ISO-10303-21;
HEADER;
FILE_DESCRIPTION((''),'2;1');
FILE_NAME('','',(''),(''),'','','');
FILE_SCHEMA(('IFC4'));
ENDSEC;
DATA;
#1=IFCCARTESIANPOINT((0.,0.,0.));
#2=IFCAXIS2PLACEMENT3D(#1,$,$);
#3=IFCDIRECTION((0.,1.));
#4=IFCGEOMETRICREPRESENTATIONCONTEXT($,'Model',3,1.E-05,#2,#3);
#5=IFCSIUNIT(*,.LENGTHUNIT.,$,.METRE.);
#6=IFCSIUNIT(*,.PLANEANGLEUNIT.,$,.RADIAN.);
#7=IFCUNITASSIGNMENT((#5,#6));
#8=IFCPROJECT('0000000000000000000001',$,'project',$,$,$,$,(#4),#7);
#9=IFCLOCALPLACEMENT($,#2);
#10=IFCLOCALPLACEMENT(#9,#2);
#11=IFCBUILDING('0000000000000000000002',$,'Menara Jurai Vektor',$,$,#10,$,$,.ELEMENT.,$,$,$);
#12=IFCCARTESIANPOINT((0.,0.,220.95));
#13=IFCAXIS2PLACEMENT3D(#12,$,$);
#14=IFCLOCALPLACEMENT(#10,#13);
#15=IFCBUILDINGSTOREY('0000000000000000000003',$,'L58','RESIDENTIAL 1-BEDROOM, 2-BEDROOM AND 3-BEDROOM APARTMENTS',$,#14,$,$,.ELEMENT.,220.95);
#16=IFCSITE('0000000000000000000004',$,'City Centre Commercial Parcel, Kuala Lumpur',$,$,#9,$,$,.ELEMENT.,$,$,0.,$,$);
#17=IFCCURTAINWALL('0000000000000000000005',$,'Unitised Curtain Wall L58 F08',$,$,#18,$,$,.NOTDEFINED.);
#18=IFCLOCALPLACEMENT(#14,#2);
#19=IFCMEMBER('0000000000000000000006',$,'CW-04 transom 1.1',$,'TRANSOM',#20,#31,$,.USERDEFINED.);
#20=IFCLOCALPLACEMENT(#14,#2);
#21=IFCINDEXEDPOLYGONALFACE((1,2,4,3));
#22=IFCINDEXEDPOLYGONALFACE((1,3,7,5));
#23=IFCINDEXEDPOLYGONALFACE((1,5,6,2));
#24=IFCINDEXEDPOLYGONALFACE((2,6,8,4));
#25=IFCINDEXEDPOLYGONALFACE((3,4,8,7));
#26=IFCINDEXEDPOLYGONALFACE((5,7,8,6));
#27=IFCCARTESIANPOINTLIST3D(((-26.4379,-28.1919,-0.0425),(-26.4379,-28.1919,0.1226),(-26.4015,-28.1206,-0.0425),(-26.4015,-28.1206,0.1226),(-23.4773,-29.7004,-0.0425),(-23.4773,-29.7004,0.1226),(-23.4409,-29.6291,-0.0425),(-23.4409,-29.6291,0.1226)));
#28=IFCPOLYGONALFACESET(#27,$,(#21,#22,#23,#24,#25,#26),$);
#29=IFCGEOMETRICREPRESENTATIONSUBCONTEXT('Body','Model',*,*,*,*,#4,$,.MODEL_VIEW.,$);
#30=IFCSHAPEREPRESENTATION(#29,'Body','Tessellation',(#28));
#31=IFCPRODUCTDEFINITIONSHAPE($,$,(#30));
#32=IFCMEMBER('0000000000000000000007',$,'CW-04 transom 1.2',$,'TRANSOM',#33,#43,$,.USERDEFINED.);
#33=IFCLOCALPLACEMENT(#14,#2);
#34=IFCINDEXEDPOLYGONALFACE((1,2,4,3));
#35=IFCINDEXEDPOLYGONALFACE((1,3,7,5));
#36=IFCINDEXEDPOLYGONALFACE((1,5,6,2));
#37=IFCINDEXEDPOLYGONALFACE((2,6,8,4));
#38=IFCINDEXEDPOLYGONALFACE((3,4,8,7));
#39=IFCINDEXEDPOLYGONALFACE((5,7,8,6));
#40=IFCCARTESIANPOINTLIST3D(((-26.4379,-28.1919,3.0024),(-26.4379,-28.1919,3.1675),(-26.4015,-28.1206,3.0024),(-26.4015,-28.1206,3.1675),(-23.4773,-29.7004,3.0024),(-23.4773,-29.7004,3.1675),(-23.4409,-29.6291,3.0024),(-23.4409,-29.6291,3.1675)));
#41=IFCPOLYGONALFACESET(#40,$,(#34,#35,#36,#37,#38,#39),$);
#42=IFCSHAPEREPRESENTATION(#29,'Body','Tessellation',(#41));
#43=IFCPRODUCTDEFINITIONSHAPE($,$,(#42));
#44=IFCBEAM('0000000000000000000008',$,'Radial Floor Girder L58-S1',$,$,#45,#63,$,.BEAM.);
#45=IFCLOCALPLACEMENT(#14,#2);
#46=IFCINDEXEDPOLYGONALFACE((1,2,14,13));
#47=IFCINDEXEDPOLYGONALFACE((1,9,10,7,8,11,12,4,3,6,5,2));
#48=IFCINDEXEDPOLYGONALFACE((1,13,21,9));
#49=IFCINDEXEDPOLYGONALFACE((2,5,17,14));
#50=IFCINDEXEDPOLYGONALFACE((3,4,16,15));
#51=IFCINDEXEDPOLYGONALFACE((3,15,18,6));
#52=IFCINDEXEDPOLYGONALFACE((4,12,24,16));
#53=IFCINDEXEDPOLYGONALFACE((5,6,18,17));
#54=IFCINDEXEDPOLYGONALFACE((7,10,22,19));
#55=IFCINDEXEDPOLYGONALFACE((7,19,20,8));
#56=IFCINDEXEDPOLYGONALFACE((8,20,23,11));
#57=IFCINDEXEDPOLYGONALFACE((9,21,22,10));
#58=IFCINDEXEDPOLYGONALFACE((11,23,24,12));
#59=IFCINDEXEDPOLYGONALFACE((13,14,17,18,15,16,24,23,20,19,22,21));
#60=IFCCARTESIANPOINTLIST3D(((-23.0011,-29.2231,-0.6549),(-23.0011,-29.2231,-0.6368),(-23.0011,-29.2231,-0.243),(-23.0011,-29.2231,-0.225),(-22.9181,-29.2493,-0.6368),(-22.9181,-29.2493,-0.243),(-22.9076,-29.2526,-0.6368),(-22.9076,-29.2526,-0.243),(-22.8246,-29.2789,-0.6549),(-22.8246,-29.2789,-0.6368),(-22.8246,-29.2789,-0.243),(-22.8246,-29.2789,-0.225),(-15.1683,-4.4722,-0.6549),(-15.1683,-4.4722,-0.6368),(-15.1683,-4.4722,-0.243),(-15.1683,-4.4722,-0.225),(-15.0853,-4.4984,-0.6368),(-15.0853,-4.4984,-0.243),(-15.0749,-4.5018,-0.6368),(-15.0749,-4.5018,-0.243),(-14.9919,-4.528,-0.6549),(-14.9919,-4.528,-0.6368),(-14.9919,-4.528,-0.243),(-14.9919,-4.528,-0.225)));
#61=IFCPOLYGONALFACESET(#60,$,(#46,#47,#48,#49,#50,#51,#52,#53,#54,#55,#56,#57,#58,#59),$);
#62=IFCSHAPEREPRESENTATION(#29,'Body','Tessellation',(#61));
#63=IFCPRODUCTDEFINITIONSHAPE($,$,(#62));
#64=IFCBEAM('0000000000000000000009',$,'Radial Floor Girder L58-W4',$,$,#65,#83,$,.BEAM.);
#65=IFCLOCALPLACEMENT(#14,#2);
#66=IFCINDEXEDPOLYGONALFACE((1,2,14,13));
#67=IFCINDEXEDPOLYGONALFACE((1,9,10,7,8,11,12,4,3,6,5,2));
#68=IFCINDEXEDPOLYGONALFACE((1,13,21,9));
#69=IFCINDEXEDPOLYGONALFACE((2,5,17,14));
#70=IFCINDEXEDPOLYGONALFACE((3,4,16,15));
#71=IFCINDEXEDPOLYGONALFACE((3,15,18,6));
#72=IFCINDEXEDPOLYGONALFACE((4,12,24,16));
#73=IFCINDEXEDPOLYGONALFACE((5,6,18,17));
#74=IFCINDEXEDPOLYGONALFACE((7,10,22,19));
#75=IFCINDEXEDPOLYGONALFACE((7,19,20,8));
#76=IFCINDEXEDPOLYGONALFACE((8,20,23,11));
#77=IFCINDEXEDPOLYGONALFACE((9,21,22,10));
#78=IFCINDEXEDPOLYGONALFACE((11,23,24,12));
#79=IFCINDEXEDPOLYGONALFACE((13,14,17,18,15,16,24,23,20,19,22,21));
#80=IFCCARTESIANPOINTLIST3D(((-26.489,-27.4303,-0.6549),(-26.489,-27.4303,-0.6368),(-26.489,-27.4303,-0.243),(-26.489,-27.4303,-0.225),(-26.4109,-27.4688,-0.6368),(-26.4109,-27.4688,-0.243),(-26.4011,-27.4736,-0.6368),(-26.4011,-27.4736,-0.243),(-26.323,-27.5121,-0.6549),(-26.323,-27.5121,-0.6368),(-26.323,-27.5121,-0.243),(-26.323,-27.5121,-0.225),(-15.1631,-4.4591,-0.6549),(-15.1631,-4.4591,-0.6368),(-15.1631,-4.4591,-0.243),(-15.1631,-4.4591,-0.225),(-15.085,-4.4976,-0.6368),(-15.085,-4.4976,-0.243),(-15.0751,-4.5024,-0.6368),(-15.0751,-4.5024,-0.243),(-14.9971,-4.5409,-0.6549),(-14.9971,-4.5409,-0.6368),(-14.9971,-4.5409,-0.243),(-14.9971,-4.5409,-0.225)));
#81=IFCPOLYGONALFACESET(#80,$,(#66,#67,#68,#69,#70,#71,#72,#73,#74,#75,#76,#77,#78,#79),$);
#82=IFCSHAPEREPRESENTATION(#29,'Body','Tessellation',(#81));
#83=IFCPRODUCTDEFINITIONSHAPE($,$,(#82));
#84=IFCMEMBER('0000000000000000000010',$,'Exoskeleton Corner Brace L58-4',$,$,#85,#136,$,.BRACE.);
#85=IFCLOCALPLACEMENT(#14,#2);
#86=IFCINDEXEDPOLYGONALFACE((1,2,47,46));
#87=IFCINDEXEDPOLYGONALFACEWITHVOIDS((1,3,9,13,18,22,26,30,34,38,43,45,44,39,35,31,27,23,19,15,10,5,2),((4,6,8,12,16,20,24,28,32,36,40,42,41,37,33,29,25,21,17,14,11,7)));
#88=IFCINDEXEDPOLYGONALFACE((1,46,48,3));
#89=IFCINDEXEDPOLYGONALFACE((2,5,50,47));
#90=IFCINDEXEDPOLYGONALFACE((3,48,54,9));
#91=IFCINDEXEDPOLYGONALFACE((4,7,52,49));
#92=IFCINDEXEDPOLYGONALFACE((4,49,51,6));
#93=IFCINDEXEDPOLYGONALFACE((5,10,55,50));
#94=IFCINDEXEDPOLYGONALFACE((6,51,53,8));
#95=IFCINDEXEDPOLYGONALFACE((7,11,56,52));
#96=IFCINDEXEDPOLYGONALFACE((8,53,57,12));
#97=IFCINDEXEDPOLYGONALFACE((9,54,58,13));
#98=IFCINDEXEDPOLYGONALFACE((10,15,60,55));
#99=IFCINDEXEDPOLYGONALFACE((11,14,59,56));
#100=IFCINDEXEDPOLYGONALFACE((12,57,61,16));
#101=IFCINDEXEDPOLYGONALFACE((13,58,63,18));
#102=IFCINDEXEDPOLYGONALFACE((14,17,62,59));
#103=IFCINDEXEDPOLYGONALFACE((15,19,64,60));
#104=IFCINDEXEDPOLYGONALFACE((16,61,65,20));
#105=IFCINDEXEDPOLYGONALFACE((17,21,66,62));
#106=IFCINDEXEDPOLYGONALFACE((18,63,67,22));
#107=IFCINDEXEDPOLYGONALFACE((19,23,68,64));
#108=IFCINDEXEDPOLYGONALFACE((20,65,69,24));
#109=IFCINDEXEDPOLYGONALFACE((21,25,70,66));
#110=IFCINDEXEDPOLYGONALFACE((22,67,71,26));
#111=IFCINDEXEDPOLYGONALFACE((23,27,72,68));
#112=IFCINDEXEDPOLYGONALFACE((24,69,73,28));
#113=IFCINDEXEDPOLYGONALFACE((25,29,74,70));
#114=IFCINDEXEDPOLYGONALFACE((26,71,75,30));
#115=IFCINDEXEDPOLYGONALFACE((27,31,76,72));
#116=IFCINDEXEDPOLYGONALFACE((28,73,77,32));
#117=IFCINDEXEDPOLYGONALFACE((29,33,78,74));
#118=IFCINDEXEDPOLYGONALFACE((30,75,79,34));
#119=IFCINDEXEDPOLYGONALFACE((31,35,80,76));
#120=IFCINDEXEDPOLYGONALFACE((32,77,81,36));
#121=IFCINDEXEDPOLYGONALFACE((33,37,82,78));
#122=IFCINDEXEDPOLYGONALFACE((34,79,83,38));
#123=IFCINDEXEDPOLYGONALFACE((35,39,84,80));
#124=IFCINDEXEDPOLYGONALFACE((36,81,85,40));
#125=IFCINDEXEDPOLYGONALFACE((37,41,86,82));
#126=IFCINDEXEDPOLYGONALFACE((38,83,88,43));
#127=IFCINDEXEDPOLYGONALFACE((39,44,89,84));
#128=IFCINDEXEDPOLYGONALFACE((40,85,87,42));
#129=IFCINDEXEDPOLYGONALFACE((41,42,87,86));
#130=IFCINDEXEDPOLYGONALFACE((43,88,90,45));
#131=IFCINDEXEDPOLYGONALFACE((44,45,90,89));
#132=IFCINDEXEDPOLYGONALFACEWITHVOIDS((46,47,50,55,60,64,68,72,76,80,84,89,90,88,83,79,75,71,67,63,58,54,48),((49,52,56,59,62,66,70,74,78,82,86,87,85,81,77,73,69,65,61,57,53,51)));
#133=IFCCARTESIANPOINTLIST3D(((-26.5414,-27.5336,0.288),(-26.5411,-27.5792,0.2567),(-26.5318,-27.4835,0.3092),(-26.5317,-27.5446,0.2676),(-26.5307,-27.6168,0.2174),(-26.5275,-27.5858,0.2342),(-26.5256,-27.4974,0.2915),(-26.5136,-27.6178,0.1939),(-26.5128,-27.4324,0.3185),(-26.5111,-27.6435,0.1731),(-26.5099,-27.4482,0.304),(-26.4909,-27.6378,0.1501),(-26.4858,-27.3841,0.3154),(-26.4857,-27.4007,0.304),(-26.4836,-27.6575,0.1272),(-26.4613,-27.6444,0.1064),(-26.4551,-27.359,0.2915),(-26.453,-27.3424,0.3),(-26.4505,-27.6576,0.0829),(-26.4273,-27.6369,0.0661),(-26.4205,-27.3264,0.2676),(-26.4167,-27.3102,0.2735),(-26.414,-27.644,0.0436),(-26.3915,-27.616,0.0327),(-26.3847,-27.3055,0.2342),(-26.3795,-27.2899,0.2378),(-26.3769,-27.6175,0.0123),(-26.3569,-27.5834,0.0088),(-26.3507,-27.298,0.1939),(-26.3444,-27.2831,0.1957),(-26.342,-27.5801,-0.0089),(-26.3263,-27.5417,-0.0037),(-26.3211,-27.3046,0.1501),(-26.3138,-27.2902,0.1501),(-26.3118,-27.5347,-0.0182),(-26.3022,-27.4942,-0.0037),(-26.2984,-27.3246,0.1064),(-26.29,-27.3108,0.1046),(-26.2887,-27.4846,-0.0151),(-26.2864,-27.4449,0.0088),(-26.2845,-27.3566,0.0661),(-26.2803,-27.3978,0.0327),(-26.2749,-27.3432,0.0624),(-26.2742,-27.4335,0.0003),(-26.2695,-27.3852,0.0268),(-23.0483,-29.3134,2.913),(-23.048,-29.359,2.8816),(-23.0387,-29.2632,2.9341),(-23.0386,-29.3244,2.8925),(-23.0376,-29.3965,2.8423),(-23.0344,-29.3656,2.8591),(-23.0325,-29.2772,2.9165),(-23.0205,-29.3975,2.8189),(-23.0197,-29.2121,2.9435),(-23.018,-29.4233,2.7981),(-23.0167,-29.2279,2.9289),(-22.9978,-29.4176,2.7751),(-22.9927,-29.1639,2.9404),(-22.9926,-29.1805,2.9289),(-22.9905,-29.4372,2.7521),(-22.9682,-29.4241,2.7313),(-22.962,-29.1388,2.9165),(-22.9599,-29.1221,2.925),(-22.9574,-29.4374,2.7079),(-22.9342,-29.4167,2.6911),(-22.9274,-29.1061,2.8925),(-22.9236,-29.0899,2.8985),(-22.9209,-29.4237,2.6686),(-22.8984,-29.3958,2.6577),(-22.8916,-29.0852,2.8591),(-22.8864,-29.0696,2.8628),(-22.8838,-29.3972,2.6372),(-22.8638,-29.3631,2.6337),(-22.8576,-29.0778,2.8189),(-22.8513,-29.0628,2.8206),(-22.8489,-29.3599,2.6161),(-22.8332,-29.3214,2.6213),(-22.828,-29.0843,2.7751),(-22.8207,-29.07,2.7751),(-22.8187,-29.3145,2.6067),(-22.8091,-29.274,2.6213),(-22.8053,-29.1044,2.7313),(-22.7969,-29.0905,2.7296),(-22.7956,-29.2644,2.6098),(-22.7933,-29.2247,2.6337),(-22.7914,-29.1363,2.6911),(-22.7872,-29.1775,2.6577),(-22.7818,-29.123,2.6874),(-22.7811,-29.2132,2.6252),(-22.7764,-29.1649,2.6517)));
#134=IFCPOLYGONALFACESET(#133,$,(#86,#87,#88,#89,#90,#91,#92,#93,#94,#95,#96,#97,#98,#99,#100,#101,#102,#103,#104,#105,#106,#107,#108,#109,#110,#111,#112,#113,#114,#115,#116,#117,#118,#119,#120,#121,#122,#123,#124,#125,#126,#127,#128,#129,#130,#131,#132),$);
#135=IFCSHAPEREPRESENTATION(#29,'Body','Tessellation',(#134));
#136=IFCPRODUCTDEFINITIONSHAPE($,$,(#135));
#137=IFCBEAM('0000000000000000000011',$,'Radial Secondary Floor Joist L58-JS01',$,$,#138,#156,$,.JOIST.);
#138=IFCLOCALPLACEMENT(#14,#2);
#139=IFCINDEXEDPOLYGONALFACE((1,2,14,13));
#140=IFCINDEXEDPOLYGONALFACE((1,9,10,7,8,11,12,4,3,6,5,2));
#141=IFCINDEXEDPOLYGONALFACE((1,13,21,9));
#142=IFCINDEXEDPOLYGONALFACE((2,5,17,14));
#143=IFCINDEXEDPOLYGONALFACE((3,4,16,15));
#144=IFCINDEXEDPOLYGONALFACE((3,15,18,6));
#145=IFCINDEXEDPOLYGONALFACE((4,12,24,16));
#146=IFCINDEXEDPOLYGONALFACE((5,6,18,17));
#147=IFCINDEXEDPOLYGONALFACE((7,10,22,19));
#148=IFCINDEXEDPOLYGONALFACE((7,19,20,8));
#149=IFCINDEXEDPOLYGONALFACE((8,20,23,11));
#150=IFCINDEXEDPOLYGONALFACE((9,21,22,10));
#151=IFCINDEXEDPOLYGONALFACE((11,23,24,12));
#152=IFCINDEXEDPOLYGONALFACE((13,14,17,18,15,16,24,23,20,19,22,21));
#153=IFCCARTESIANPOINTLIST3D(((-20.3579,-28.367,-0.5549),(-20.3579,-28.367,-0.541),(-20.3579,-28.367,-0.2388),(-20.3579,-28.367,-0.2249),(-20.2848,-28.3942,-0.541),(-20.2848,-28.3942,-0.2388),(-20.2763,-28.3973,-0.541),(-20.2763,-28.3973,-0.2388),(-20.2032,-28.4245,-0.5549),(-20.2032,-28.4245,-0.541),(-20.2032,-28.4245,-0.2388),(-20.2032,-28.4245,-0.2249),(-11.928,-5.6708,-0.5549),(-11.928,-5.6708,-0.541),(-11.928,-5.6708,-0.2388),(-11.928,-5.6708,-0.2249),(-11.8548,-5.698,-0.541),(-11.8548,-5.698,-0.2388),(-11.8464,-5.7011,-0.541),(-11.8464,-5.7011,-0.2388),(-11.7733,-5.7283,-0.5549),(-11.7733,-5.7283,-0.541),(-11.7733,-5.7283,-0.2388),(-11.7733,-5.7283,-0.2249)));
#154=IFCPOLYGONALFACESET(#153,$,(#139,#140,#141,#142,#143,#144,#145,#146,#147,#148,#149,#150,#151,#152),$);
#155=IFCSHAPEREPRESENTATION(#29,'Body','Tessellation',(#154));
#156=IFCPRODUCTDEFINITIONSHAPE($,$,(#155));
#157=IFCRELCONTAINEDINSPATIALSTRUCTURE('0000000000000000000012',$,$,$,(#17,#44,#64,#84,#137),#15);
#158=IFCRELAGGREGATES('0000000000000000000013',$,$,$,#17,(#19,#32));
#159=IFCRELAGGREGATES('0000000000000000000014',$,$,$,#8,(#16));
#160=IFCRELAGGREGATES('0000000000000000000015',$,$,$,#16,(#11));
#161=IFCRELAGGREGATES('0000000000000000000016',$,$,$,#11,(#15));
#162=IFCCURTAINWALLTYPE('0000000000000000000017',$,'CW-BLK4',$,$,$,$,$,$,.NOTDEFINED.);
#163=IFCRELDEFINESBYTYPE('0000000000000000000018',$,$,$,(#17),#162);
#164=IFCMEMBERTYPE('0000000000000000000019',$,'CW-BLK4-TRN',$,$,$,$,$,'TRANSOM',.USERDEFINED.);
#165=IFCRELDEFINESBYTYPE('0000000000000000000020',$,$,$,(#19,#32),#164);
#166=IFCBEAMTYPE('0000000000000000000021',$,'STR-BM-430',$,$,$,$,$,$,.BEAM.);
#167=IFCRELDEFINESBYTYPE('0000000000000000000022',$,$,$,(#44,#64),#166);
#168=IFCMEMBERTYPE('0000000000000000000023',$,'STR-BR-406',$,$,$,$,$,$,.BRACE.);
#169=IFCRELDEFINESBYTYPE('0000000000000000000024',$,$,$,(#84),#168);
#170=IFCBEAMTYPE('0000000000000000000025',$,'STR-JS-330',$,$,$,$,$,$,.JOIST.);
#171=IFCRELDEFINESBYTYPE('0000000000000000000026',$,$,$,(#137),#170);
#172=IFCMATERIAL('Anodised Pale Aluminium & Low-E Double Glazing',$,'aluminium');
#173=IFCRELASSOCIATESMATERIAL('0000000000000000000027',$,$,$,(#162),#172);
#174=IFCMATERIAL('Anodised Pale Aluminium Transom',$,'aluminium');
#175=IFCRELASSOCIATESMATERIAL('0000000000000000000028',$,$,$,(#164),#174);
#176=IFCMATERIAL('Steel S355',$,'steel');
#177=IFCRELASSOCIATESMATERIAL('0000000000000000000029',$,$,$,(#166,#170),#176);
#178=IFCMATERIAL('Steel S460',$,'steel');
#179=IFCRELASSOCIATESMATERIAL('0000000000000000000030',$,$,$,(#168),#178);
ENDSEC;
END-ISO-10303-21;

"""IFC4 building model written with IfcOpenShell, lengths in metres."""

from ifc_helpers import new_model, si_unit, direction, frame, origin, origin_2d, place, context, subcontext, project, spatial, rectangle, hollow_circle, i_section, extrude, material, material_profile, profile_set, type_object, element, aggregate, save


model = new_model("IFC4")

# Units and contexts
model_context = context("Model", 3, precision=1e-05, world=origin(), true_north=direction((0.0, 1.0)))
body_context = subcontext(model_context, "Body", "Model", "MODEL_VIEW")
ifc_project = project(units=[si_unit("LENGTHUNIT", "METRE"), si_unit("PLANEANGLEUNIT", "RADIAN")], contexts=[model_context])

# Site, building, storey
site_placement = place(None, origin())
site = spatial("IfcSite", under=ifc_project, at=site_placement, Name="City Centre Commercial Parcel, Kuala Lumpur", CompositionType="ELEMENT", RefElevation=0.0)
building_placement = place(site_placement, origin())
building = spatial("IfcBuilding", under=site, at=building_placement, Name="Menara Jurai Vektor", CompositionType="ELEMENT")
storey_placement = place(building_placement, frame((0.0, 0.0, 220.95)))
storey = spatial("IfcBuildingStorey", under=building, at=storey_placement, Name="L58", Description="RESIDENTIAL 1-BEDROOM, 2-BEDROOM AND 3-BEDROOM APARTMENTS", CompositionType="ELEMENT", Elevation=220.95)

# Shared definitions
ifc_material_1 = material(Name="Steel S460", Category="steel")

# Shared definitions
ifc_material_2 = material(Name="Anodised Pale Aluminium & Low-E Double Glazing", Category="aluminium")
curtain_wall_type = type_object("IfcCurtainWallType", Name="CW-BLK4", PredefinedType="NOTDEFINED", material=ifc_material_2)

# Curtain wall
curtain_wall_1_placement = place(storey_placement, origin())
curtain_wall_1 = element("IfcCurtainWall", 1, at=curtain_wall_1_placement, inside=storey, type_object=curtain_wall_type, Name="Unitised Curtain Wall L58 F08", PredefinedType="NOTDEFINED")

# Members
ifc_material_3 = material(Name="Anodised Pale Aluminium Transom", Category="aluminium")
ifc_material_profile_1 = material_profile(ifc_material_3, rectangle(XDim=0.0801, YDim=0.165, at=origin_2d()), Name="ALU TRN 80x165")
ifc_profile_set_1 = profile_set([ifc_material_profile_1], Name="Anodised Pale Aluminium Transom")
member_type_1 = type_object("IfcMemberType", Name="CW-BLK4-TRN", ElementType="TRANSOM", PredefinedType="USERDEFINED", material=ifc_profile_set_1)
member_1_placement = place(storey_placement, frame((-26.4197, -28.1562, 0.04), z_axis=(0.891007, -0.45399, 0.0), x_axis=(0.45399, 0.891007, 0.0)))
member_1 = element("IfcMember", 2, at=member_1_placement, type_object=member_type_1, Name="CW-04 transom 1.1", ObjectType="TRANSOM", PredefinedType="USERDEFINED", context=body_context, shape_type="SweptSolid", body=[
    extrude(rectangle(XDim=0.0801, YDim=0.165, at=origin_2d()), origin(), (0.0, 0.0, 1.0), 3.3228),
])
member_2_placement = place(storey_placement, frame((-26.4197, -28.1562, 3.085), z_axis=(0.891007, -0.45399, 0.0), x_axis=(0.45399, 0.891007, 0.0)))
member_2 = element("IfcMember", 3, at=member_2_placement, type_object=member_type_1, Name="CW-04 transom 1.2", ObjectType="TRANSOM", PredefinedType="USERDEFINED", context=body_context, shape_type="SweptSolid", body=[
    extrude(rectangle(XDim=0.0801, YDim=0.165, at=origin_2d()), origin(), (0.0, 0.0, 1.0), 3.3228),
])

# Beams
ifc_material_4 = material(Name="Steel S355", Category="steel")
ifc_material_profile_2 = material_profile(ifc_material_4, i_section(OverallWidth=0.1851, OverallDepth=0.4299, WebThickness=0.011, FlangeThickness=0.0181, at=origin_2d()), Name="PG 430x185x76")
ifc_profile_set_2 = profile_set([ifc_material_profile_2], Name="Steel S355")
beam_type_1 = type_object("IfcBeamType", Name="STR-BM-430", PredefinedType="BEAM", material=ifc_profile_set_2)
beam_1_placement = place(storey_placement, frame((-22.9128, -29.251, -0.4399), z_axis=(0.301715, 0.953398, 0.0), x_axis=(-0.953398, 0.301715, 0.0)))
element("IfcBeam", 4, at=beam_1_placement, inside=storey, type_object=beam_type_1, Name="Radial Floor Girder L58-S1", PredefinedType="BEAM", context=body_context, shape_type="SweptSolid", body=[
    extrude(i_section(OverallWidth=0.1851, OverallDepth=0.4299, WebThickness=0.011, FlangeThickness=0.0181, at=origin_2d()), origin(), (0.0, 0.0, 1.0), 25.9607),
])
beam_2_placement = place(storey_placement, frame((-26.406, -27.4712, -0.4399), z_axis=(0.442219, 0.896907, 0.0), x_axis=(-0.896907, 0.442219, 0.0)))
element("IfcBeam", 5, at=beam_2_placement, inside=storey, type_object=beam_type_1, Name="Radial Floor Girder L58-W4", PredefinedType="BEAM", context=body_context, shape_type="SweptSolid", body=[
    extrude(i_section(OverallWidth=0.1851, OverallDepth=0.4299, WebThickness=0.011, FlangeThickness=0.0181, at=origin_2d()), origin(), (0.0, 0.0, 1.0), 25.6116),
])

# Member
ifc_material_profile_3 = material_profile(ifc_material_1, hollow_circle(Radius=0.2031, WallThickness=0.0161, at=origin_2d()), Name="CHS 406.4x16")
ifc_profile_set_3 = profile_set([ifc_material_profile_3], Name="Steel S460")
member_type_2 = type_object("IfcMemberType", Name="STR-BR-406", PredefinedType="BRACE", material=ifc_profile_set_3)
member_3_placement = place(storey_placement, frame((-26.406, -27.4712, 0.1501), z_axis=(0.740375, -0.377225, 0.556368), x_axis=(0.453976, 0.891014, 0.0)))
element("IfcMember", 6, at=member_3_placement, inside=storey, type_object=member_type_2, Name="Exoskeleton Corner Brace L58-4", PredefinedType="BRACE", context=body_context, shape_type="SweptSolid", body=[
    extrude(hollow_circle(Radius=0.2031, WallThickness=0.0161, at=origin_2d()), origin(), (0.0, 0.0, 1.0), 4.718),
])

# Beam
ifc_material_profile_4 = material_profile(ifc_material_4, i_section(OverallWidth=0.165, OverallDepth=0.3301, WebThickness=0.009, FlangeThickness=0.0139, at=origin_2d()), Name="PG 330x165x46")
ifc_profile_set_4 = profile_set([ifc_material_profile_4], Name="Steel S355")
beam_type_2 = type_object("IfcBeamType", Name="STR-JS-330", PredefinedType="JOIST", material=ifc_profile_set_4)
beam_3_placement = place(storey_placement, frame((-20.2805, -28.3958, -0.3899), z_axis=(0.348182, 0.937427, 0.0), x_axis=(-0.937427, 0.348182, 0.0)))
element("IfcBeam", 7, at=beam_3_placement, inside=storey, type_object=beam_type_2, Name="Radial Secondary Floor Joist L58-JS01", PredefinedType="JOIST", context=body_context, shape_type="SweptSolid", body=[
    extrude(i_section(OverallWidth=0.165, OverallDepth=0.3301, WebThickness=0.009, FlangeThickness=0.0139, at=origin_2d()), origin(), (0.0, 0.0, 1.0), 24.2112),
])

aggregate(curtain_wall_1, [member_1, member_2])

save(model, "model.ifc")
